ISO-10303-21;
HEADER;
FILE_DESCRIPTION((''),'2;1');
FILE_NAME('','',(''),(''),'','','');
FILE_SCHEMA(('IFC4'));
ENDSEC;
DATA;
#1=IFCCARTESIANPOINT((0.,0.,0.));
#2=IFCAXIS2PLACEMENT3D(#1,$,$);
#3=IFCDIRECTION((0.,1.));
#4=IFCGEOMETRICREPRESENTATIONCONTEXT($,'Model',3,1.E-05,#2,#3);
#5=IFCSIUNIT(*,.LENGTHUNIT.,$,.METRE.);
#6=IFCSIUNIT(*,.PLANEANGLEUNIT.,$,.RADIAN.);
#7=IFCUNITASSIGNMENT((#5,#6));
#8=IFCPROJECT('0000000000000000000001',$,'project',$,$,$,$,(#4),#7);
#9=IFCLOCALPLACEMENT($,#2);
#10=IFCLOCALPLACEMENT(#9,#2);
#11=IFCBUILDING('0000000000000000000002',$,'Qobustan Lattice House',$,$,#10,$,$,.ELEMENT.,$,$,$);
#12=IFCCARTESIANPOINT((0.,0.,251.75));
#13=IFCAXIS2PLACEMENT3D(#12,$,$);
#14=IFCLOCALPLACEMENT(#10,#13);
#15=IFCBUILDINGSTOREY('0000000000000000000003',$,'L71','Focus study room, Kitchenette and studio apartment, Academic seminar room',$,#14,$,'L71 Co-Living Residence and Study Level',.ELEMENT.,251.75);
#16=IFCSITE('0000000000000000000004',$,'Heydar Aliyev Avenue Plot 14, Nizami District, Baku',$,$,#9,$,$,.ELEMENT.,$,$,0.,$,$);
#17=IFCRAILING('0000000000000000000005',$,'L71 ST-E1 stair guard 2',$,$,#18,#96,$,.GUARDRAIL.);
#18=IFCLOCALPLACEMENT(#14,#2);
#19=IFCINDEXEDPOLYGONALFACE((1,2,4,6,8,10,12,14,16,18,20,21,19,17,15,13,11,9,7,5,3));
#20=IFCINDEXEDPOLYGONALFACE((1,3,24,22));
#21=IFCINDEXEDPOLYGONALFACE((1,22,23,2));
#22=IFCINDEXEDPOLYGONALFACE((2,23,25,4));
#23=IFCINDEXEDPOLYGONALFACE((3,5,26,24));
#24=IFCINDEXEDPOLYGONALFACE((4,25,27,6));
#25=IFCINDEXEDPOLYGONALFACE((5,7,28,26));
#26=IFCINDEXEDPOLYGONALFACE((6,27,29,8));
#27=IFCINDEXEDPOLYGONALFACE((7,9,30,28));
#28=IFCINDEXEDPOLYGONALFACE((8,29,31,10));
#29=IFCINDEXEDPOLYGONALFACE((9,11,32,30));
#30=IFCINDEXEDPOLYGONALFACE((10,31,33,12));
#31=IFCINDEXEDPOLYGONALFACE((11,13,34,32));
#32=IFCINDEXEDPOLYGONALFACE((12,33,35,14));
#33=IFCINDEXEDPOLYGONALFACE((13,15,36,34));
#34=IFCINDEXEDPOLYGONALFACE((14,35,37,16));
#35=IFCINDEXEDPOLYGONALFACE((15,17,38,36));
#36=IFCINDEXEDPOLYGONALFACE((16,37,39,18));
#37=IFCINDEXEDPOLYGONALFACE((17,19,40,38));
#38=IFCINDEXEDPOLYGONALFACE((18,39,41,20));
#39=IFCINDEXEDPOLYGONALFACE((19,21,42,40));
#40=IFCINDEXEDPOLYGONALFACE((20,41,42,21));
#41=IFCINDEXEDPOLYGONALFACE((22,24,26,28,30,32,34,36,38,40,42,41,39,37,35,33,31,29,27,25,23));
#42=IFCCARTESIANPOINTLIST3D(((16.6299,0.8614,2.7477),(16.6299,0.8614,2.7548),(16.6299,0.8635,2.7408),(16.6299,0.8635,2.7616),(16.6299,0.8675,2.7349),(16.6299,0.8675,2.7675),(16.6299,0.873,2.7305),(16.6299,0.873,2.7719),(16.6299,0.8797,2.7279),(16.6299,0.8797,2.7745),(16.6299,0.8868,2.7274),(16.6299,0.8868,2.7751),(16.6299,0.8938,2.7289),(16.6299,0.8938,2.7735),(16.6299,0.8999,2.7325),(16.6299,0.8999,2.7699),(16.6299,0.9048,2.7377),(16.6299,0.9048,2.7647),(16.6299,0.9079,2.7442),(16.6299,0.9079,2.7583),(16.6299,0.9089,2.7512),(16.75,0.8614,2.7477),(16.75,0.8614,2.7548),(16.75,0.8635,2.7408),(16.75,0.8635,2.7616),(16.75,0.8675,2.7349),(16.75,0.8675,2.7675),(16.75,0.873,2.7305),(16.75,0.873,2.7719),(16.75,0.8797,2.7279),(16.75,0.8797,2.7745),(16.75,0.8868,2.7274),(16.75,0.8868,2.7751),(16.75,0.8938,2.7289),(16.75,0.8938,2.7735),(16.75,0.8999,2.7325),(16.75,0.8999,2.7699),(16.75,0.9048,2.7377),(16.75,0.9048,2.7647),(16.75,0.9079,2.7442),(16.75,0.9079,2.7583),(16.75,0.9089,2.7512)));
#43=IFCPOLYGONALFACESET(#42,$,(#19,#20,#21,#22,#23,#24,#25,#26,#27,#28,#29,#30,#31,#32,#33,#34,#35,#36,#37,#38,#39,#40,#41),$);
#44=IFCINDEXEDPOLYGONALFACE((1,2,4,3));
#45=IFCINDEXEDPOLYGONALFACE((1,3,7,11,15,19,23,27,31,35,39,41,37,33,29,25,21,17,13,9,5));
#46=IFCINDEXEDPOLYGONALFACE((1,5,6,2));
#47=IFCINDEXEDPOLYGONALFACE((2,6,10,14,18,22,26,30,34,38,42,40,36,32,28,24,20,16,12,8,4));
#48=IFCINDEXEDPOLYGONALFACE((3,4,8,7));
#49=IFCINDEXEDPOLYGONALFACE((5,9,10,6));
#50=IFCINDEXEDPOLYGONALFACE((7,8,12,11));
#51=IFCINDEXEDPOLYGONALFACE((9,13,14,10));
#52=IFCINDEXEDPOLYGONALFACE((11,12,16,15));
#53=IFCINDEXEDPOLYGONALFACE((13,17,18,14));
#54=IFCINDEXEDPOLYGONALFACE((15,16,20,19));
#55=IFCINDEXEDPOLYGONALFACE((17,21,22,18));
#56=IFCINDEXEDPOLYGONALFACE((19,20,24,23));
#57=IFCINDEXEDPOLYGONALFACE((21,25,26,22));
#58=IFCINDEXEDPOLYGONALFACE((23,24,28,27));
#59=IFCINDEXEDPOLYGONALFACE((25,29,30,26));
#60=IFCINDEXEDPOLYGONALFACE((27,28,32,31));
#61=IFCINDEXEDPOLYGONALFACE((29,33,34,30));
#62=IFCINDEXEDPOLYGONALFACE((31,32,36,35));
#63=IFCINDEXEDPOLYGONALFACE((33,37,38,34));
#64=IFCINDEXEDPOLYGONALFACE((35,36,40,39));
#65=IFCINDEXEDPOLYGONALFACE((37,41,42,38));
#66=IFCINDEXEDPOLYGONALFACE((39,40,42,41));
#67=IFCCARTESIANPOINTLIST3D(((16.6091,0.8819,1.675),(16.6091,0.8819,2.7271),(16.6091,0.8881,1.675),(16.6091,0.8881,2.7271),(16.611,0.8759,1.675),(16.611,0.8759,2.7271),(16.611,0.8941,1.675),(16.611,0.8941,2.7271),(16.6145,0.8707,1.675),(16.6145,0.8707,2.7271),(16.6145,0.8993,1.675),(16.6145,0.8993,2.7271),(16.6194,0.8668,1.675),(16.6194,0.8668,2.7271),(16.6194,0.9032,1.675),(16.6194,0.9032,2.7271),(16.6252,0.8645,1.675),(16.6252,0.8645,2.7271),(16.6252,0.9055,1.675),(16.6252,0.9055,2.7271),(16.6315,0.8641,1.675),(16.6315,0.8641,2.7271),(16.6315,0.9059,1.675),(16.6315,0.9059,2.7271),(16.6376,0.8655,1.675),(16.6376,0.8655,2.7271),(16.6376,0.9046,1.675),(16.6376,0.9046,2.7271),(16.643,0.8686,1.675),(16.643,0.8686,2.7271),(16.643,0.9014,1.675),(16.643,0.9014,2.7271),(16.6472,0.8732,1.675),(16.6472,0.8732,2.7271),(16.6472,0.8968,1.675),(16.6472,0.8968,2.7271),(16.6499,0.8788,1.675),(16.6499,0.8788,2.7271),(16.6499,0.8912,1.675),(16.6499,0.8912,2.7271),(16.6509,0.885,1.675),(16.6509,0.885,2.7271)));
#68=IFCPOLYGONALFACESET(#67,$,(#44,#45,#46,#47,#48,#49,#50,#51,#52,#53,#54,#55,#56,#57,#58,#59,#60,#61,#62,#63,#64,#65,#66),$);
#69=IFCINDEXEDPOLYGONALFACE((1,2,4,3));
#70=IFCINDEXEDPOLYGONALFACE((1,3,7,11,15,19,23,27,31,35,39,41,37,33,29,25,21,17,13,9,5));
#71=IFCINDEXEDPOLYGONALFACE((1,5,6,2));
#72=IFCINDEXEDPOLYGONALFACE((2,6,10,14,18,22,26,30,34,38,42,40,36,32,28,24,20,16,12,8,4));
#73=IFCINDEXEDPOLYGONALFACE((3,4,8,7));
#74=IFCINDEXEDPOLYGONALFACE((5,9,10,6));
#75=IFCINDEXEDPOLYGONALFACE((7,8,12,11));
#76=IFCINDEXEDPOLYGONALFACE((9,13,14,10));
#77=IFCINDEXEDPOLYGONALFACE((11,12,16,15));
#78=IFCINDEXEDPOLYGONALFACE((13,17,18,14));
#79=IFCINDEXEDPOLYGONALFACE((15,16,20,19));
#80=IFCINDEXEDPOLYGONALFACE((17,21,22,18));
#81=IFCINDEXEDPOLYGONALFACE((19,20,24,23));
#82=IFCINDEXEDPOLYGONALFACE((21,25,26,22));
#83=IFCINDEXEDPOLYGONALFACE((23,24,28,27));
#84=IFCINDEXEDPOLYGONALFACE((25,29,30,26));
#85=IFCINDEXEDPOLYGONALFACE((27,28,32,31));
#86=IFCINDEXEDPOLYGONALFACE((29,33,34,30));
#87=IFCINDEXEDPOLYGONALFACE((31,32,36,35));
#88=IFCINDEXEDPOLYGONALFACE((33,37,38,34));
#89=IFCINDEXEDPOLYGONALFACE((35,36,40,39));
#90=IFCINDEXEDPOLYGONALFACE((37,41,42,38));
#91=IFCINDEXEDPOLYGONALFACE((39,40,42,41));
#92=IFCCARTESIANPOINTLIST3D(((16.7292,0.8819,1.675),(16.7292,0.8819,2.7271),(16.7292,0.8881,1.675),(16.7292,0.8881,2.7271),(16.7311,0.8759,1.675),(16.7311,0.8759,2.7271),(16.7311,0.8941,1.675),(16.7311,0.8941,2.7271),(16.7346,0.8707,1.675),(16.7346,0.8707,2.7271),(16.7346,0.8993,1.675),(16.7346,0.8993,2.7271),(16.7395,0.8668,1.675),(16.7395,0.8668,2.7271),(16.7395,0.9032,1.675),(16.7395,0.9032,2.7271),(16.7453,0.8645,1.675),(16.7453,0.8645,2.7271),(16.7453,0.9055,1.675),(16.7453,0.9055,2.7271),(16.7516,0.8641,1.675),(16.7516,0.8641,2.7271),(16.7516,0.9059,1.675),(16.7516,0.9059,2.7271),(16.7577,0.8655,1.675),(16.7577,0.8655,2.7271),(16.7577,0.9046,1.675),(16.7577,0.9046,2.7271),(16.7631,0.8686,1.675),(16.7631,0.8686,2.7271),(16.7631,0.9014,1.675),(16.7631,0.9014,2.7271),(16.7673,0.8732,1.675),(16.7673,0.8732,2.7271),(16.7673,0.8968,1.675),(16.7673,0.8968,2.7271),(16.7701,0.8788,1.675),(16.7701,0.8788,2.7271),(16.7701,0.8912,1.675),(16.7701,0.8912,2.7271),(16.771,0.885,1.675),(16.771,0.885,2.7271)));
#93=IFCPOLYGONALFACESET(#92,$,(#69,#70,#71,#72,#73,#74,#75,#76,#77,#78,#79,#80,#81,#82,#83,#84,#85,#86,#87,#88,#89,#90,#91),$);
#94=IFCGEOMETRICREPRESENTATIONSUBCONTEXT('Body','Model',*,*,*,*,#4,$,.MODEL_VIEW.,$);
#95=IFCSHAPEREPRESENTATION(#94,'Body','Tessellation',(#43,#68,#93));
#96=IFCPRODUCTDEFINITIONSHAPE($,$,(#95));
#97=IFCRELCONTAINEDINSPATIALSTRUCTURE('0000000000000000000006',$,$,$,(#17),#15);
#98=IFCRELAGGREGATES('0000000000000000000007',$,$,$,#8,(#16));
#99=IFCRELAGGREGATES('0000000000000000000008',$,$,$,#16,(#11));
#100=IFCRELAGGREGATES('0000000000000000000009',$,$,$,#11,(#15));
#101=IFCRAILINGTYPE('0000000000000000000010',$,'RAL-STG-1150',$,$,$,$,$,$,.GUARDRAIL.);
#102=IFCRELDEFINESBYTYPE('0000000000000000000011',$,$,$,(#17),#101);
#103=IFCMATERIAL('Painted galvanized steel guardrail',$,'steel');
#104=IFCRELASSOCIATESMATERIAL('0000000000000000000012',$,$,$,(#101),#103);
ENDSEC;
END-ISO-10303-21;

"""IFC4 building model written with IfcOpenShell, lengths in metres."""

from ifc_helpers import new_model, si_unit, direction, frame, origin, origin_2d, place, context, subcontext, project, spatial, circle, extrude, material, type_object, element, save


model = new_model("IFC4")

# Units and contexts
model_context = context("Model", 3, precision=1e-05, world=origin(), true_north=direction((0.0, 1.0)))
body_context = subcontext(model_context, "Body", "Model", "MODEL_VIEW")
ifc_project = project(units=[si_unit("LENGTHUNIT", "METRE"), si_unit("PLANEANGLEUNIT", "RADIAN")], contexts=[model_context])

# Site, building, storey
site_placement = place(None, origin())
site = spatial("IfcSite", under=ifc_project, at=site_placement, Name="Heydar Aliyev Avenue Plot 14, Nizami District, Baku", CompositionType="ELEMENT", RefElevation=0.0)
building_placement = place(site_placement, origin())
building = spatial("IfcBuilding", under=site, at=building_placement, Name="Qobustan Lattice House", CompositionType="ELEMENT")
storey_placement = place(building_placement, frame((0.0, 0.0, 251.75)))
storey = spatial("IfcBuildingStorey", under=building, at=storey_placement, Name="L71", Description="Focus study room, Kitchenette and studio apartment, Academic seminar room", LongName="L71 Co-Living Residence and Study Level", CompositionType="ELEMENT", Elevation=251.75)

# Railing
ifc_material_1 = material(Name="Painted galvanized steel guardrail", Category="steel")
railing_type_1 = type_object("IfcRailingType", Name="RAL-STG-1150", PredefinedType="GUARDRAIL", material=ifc_material_1)
railing_1_placement = place(storey_placement, frame((16.6299, 0.885, 1.675)))
element("IfcRailing", 1, at=railing_1_placement, inside=storey, type_object=railing_type_1, Name="L71 ST-E1 stair guard 2", PredefinedType="GUARDRAIL", context=body_context, shape_type="SweptSolid", body=[
    extrude(circle(Radius=0.0239, at=origin_2d()), frame((0.0, 0.0, 1.0762), z_axis=(1.0, 0.0, 0.0), x_axis=(0.0, 1.0, 0.0)), (0.0, 0.0, 1.0), 0.1201),
    extrude(circle(Radius=0.021, at=origin_2d()), origin(), (0.0, 0.0, 1.0), 1.052),
    extrude(circle(Radius=0.021, at=origin_2d()), frame((0.1201, 0.0, 0.0)), (0.0, 0.0, 1.0), 1.052),
])

save(model, "model.ifc")
